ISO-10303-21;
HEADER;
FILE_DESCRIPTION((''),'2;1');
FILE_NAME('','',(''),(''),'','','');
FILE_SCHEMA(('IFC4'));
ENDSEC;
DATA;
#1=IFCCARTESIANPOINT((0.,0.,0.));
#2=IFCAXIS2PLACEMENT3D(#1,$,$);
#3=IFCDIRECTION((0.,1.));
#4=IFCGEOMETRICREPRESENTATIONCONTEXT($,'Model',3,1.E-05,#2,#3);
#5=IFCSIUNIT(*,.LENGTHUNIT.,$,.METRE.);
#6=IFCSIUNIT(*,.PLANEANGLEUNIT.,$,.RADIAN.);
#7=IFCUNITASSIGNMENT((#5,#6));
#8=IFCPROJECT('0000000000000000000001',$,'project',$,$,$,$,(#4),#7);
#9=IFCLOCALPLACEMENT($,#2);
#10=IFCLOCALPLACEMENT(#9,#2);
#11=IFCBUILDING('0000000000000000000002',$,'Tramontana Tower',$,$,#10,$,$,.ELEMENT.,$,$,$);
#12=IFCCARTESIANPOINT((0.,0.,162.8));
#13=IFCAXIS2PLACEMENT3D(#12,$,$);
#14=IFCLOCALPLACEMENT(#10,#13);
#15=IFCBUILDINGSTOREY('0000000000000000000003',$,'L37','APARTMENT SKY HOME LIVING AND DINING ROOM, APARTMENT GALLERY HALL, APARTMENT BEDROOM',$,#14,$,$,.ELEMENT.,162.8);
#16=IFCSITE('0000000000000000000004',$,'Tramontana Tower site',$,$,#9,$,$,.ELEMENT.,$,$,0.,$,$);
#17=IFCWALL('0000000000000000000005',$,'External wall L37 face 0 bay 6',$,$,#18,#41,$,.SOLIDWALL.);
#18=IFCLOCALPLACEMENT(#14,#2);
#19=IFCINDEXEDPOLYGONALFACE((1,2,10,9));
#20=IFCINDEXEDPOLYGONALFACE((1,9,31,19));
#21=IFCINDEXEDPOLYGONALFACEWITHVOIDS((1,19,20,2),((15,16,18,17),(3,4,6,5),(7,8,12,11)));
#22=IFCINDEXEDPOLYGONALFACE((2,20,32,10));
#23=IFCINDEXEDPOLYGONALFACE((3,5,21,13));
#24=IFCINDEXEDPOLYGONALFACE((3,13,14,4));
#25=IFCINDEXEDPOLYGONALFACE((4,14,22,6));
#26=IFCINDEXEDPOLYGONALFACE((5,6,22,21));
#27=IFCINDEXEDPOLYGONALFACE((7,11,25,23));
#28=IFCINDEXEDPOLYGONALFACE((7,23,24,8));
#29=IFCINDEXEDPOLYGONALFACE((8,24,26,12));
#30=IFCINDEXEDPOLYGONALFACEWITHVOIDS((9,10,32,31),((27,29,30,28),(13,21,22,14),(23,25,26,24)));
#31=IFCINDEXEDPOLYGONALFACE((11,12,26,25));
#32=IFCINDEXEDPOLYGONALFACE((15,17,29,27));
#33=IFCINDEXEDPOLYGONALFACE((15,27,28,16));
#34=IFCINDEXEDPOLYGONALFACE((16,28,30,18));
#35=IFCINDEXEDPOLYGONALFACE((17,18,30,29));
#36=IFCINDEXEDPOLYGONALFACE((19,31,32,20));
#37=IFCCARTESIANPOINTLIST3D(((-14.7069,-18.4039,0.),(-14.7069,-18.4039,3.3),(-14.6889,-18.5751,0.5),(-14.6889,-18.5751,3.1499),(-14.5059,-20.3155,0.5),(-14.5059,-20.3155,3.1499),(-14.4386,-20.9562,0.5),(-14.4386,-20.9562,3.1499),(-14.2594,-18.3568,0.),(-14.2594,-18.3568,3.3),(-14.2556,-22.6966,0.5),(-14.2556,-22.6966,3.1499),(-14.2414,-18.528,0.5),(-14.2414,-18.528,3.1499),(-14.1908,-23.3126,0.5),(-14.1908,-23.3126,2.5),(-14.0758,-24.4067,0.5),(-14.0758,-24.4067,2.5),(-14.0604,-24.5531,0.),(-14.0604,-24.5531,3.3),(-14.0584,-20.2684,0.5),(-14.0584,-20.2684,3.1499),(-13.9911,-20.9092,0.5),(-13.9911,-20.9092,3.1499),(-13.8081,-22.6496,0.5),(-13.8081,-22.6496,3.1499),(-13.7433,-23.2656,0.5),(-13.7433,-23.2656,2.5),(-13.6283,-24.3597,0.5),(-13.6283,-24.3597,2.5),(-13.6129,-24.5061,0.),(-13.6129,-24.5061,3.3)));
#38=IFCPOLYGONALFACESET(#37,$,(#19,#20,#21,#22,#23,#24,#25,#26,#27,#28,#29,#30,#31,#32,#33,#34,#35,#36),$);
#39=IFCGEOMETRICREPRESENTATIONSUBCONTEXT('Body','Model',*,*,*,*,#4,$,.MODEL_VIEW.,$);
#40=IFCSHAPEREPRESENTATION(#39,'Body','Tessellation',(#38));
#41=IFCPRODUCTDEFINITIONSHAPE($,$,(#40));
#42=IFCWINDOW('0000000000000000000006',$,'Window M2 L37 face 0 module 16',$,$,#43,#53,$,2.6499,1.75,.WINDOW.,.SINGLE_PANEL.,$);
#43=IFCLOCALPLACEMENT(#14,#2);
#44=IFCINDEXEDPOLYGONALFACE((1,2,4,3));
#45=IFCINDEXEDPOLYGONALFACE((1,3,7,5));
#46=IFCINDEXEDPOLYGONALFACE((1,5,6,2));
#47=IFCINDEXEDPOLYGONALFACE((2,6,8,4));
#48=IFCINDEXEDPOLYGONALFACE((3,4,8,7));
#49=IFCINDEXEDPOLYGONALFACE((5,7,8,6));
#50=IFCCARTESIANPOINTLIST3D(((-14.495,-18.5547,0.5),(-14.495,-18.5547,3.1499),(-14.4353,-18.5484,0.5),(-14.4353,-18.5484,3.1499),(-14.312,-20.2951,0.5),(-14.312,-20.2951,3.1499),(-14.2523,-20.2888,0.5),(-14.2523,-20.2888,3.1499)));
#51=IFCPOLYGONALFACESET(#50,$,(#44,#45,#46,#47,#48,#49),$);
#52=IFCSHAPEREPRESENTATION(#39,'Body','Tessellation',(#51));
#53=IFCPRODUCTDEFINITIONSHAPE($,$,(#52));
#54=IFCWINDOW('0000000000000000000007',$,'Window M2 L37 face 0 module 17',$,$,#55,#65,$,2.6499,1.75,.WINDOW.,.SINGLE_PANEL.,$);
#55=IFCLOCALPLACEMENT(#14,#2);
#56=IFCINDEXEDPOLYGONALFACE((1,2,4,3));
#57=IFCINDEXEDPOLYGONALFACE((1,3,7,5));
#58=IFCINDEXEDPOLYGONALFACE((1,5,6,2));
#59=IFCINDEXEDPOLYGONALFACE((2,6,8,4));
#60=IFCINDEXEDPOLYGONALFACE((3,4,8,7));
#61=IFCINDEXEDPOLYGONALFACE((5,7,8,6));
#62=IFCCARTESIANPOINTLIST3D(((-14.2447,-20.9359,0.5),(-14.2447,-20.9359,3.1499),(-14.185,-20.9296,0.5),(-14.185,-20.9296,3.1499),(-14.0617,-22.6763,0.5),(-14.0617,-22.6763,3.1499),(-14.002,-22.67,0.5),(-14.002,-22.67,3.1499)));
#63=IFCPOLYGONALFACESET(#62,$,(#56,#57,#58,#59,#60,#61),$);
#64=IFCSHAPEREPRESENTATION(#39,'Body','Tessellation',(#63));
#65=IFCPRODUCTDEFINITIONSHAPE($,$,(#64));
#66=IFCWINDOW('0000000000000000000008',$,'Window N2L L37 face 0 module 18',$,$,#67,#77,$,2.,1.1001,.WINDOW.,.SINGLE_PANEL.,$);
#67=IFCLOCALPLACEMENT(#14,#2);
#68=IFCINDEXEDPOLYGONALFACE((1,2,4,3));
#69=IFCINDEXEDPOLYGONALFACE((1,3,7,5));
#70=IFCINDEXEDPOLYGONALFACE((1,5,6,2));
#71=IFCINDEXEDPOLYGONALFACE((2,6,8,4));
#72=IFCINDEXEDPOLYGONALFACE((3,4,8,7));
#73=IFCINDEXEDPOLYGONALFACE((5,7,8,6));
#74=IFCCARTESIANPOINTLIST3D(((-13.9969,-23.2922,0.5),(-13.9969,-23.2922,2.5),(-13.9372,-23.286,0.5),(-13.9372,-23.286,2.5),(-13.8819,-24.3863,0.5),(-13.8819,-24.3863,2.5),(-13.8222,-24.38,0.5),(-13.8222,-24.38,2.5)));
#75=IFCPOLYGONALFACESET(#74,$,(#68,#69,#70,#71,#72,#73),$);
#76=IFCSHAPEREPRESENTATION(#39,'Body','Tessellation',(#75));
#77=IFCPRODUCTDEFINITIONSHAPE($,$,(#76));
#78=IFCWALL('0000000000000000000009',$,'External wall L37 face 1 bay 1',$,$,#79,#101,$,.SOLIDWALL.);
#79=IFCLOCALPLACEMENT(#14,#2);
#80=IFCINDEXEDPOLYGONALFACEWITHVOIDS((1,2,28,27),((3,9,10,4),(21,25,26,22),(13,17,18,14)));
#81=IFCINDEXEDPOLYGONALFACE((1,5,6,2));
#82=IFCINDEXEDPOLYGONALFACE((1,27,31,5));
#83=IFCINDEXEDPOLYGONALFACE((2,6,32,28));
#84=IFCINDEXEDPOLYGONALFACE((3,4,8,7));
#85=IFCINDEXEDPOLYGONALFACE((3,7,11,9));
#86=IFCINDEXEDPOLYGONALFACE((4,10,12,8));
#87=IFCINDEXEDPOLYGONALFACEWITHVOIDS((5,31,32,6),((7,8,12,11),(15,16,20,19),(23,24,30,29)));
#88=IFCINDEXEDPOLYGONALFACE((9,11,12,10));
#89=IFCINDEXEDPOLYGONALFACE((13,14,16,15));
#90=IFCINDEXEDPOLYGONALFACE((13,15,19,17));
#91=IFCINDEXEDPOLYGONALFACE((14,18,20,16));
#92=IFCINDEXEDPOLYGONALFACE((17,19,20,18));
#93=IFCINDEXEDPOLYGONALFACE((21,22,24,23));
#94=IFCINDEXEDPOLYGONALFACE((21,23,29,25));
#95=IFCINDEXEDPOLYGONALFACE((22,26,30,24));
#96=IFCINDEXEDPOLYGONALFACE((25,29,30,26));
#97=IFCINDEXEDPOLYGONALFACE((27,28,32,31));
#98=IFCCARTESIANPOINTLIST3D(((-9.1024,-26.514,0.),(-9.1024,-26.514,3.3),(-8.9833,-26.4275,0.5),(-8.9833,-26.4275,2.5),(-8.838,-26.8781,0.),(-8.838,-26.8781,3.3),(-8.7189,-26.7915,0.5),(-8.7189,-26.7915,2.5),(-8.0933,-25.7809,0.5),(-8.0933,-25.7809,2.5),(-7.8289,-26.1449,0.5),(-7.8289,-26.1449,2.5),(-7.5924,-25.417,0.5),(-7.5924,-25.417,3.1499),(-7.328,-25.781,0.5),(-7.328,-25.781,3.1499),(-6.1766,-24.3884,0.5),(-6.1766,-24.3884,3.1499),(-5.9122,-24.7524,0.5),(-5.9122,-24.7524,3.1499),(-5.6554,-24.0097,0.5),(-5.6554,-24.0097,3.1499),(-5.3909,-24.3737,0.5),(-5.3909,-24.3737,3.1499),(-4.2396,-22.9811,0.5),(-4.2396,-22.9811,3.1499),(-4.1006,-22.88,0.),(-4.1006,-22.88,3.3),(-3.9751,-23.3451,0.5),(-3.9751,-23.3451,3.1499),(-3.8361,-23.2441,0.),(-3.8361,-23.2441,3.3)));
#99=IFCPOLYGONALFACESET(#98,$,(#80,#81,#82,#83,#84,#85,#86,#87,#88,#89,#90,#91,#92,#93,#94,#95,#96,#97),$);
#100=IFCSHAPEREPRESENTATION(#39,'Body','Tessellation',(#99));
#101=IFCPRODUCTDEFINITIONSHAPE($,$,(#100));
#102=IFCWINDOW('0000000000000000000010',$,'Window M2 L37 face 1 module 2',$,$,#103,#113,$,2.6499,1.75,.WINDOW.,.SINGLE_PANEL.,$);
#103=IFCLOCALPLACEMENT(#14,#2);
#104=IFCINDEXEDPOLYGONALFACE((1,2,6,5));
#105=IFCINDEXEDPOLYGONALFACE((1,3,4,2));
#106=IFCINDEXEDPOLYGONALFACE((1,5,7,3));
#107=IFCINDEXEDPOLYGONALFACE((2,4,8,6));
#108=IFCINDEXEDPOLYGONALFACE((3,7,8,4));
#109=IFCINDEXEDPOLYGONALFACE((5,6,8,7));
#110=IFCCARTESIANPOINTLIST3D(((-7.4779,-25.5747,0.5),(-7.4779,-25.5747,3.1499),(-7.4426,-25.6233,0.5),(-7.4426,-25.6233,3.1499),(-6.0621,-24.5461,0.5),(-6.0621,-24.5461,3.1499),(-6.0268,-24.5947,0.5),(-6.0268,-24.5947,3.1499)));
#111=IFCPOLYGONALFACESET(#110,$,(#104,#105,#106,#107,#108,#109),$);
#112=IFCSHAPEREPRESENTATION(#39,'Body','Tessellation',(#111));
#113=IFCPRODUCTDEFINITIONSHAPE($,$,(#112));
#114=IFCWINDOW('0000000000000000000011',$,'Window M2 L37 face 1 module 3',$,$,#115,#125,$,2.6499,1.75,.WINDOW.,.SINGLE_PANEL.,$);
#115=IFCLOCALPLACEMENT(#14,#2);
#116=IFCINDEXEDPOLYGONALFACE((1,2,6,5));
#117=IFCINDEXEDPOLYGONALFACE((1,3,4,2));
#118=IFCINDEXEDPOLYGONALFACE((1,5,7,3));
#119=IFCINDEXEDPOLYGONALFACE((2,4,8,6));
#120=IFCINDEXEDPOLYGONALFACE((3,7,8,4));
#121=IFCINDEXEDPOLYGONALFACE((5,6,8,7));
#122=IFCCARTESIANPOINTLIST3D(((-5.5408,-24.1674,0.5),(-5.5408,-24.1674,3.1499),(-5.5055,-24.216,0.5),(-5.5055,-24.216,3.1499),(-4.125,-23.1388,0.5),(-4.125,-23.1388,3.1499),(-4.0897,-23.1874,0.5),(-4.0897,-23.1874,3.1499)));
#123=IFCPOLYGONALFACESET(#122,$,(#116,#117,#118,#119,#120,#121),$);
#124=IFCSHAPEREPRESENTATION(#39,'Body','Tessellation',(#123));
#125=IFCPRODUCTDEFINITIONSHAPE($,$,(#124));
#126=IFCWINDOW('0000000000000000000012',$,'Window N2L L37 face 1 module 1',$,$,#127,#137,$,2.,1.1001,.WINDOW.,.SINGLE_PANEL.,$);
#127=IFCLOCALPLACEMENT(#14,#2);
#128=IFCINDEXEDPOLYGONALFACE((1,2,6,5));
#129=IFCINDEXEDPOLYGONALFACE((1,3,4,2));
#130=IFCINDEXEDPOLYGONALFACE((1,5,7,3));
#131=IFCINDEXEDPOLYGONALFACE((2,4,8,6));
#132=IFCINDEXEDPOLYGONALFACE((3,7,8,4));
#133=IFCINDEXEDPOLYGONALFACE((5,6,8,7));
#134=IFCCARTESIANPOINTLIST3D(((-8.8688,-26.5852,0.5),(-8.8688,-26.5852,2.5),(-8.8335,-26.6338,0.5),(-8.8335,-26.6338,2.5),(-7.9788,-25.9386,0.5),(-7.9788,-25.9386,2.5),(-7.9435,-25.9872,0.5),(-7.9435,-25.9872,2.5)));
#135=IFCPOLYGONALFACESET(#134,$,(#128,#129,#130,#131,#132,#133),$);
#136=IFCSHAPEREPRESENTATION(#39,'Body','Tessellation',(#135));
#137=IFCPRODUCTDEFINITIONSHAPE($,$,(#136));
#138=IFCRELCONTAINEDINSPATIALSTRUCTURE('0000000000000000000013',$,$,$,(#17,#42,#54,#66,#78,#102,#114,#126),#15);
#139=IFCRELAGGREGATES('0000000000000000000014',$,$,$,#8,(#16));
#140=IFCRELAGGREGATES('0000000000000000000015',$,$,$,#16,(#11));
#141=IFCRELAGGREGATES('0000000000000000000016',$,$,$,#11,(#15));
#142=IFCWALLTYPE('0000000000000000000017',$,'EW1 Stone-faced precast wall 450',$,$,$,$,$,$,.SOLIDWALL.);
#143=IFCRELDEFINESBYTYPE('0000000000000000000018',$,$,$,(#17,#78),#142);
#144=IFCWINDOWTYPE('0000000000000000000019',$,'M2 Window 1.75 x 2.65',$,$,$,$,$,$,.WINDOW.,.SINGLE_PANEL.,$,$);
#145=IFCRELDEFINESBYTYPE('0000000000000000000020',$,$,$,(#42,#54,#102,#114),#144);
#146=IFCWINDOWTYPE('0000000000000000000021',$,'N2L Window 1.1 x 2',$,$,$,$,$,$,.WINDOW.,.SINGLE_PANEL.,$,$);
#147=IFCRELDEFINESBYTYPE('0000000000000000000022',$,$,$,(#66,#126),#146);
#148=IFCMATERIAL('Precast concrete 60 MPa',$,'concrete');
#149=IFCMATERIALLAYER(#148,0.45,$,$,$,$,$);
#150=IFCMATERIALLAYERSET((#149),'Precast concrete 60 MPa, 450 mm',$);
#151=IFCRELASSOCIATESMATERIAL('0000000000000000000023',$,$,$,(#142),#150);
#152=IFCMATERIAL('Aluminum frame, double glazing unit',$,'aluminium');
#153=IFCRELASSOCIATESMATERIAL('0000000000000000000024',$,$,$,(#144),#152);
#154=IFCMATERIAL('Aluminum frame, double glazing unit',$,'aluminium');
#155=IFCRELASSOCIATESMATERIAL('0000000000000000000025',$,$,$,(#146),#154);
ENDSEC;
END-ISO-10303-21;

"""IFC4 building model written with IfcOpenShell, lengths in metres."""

from ifc_helpers import new_model, si_unit, direction, frame, frame_2d, origin, place, context, subcontext, project, spatial, rectangle, extrude, material, layer, layer_set, type_object, element, fill, save


model = new_model("IFC4")

# Units and contexts
model_context = context("Model", 3, precision=1e-05, world=origin(), true_north=direction((0.0, 1.0)))
body_context = subcontext(model_context, "Body", "Model", "MODEL_VIEW")
ifc_project = project(units=[si_unit("LENGTHUNIT", "METRE"), si_unit("PLANEANGLEUNIT", "RADIAN")], contexts=[model_context])

# Site, building, storey
site_placement = place(None, origin())
site = spatial("IfcSite", under=ifc_project, at=site_placement, Name="Tramontana Tower site", CompositionType="ELEMENT", RefElevation=0.0)
building_placement = place(site_placement, origin())
building = spatial("IfcBuilding", under=site, at=building_placement, Name="Tramontana Tower", CompositionType="ELEMENT")
storey_placement = place(building_placement, frame((0.0, 0.0, 162.8)))
storey = spatial("IfcBuildingStorey", under=building, at=storey_placement, Name="L37", Description="APARTMENT SKY HOME LIVING AND DINING ROOM, APARTMENT GALLERY HALL, APARTMENT BEDROOM", CompositionType="ELEMENT", Elevation=162.8)

# Walls, openings, windows
ifc_material_1 = material(Name="Precast concrete 60 MPa", Category="concrete")
ifc_layer_1 = layer(ifc_material_1, 0.45)
ifc_layer_set_1 = layer_set([ifc_layer_1], Name="Precast concrete 60 MPa, 450 mm")
wall_type_1 = type_object("IfcWallType", Name="EW1 Stone-faced precast wall 450", PredefinedType="SOLIDWALL", material=ifc_layer_set_1)
wall_1_placement = place(storey_placement, frame((-14.4832, -18.3804, 0.0), z_axis=(0.0, 0.0, 1.0), x_axis=(0.104557, -0.994519, 0.0)))
wall_1 = element("IfcWall", 1, at=wall_1_placement, inside=storey, type_object=wall_type_1, Name="External wall L37 face 0 bay 6", PredefinedType="SOLIDWALL", context=body_context, shape_type="SweptSolid", body=[
    extrude(rectangle(XDim=6.1831, YDim=0.45, at=frame_2d((3.0916, 0.0))), origin(), (0.0, 0.0, 1.0), 3.3),
])
opening_1_placement = place(wall_1_placement, frame((0.1721, 0.0, 0.5)))
opening_1 = element("IfcOpeningElement", 2, at=opening_1_placement, cuts=wall_1, PredefinedType="OPENING", context=body_context, shape_type="SweptSolid", body=[
    extrude(rectangle(XDim=1.75, YDim=2.6499, at=frame_2d((0.875, 1.325))), frame((0.0, 0.2349, 0.0), z_axis=(0.0, -1.0, 0.0), x_axis=(1.0, 0.0, 0.0)), (0.0, 0.0, 1.0), 0.47),
])
opening_2_placement = place(wall_1_placement, frame((2.5664, 0.0, 0.5)))
opening_2 = element("IfcOpeningElement", 3, at=opening_2_placement, cuts=wall_1, PredefinedType="OPENING", context=body_context, shape_type="SweptSolid", body=[
    extrude(rectangle(XDim=1.75, YDim=2.6499, at=frame_2d((0.875, 1.325))), frame((0.0, 0.2349, 0.0), z_axis=(0.0, -1.0, 0.0), x_axis=(1.0, 0.0, 0.0)), (0.0, 0.0, 1.0), 0.47),
])
opening_3_placement = place(wall_1_placement, frame((4.9358, 0.0, 0.5)))
opening_3 = element("IfcOpeningElement", 4, at=opening_3_placement, cuts=wall_1, PredefinedType="OPENING", context=body_context, shape_type="SweptSolid", body=[
    extrude(rectangle(XDim=1.1001, YDim=2.0, at=frame_2d((0.55, 1.0))), frame((0.0, 0.2349, 0.0), z_axis=(0.0, -1.0, 0.0), x_axis=(1.0, 0.0, 0.0)), (0.0, 0.0, 1.0), 0.47),
])
ifc_material_2 = material(Name="Aluminum frame, double glazing unit", Category="aluminium")
window_type_1 = type_object("IfcWindowType", Name="M2 Window 1.75 x 2.65", PartitioningType="SINGLE_PANEL", PredefinedType="WINDOW", material=ifc_material_2)
window_1_placement = place(opening_1_placement, origin())
window_1 = element("IfcWindow", 5, at=window_1_placement, inside=storey, type_object=window_type_1, Name="Window M2 L37 face 0 module 16", OverallHeight=2.6499, OverallWidth=1.75, PartitioningType="SINGLE_PANEL", PredefinedType="WINDOW", context=body_context, shape_type="SweptSolid", body=[
    extrude(rectangle(XDim=1.75, YDim=2.6499, at=frame_2d((0.875, 1.325))), frame((0.0, 0.03, 0.0), z_axis=(0.0, -1.0, 0.0), x_axis=(1.0, 0.0, 0.0)), (0.0, 0.0, 1.0), 0.0601),
])
fill(opening_1, window_1)
window_2_placement = place(opening_2_placement, origin())
window_2 = element("IfcWindow", 6, at=window_2_placement, inside=storey, type_object=window_type_1, Name="Window M2 L37 face 0 module 17", OverallHeight=2.6499, OverallWidth=1.75, PartitioningType="SINGLE_PANEL", PredefinedType="WINDOW", context=body_context, shape_type="SweptSolid", body=[
    extrude(rectangle(XDim=1.75, YDim=2.6499, at=frame_2d((0.875, 1.325))), frame((0.0, 0.03, 0.0), z_axis=(0.0, -1.0, 0.0), x_axis=(1.0, 0.0, 0.0)), (0.0, 0.0, 1.0), 0.0601),
])
fill(opening_2, window_2)
ifc_material_3 = material(Name="Aluminum frame, double glazing unit", Category="aluminium")
window_type_2 = type_object("IfcWindowType", Name="N2L Window 1.1 x 2", PartitioningType="SINGLE_PANEL", PredefinedType="WINDOW", material=ifc_material_3)
window_3_placement = place(opening_3_placement, origin())
window_3 = element("IfcWindow", 7, at=window_3_placement, inside=storey, type_object=window_type_2, Name="Window N2L L37 face 0 module 18", OverallHeight=2.0, OverallWidth=1.1001, PartitioningType="SINGLE_PANEL", PredefinedType="WINDOW", context=body_context, shape_type="SweptSolid", body=[
    extrude(rectangle(XDim=1.1001, YDim=2.0, at=frame_2d((0.55, 1.0))), frame((0.0, 0.03, 0.0), z_axis=(0.0, -1.0, 0.0), x_axis=(1.0, 0.0, 0.0)), (0.0, 0.0, 1.0), 0.0601),
])
fill(opening_3, window_3)
wall_2_placement = place(storey_placement, frame((-8.9702, -26.696, 0.0), z_axis=(0.0, 0.0, 1.0), x_axis=(0.809025, 0.587775, 0.0)))
wall_2 = element("IfcWall", 8, at=wall_2_placement, inside=storey, type_object=wall_type_1, Name="External wall L37 face 1 bay 1", PredefinedType="SOLIDWALL", context=body_context, shape_type="SweptSolid", body=[
    extrude(rectangle(XDim=6.1826, YDim=0.45, at=frame_2d((3.0913, 0.0))), origin(), (0.0, 0.0, 1.0), 3.3),
])
opening_4_placement = place(wall_2_placement, frame((0.1472, 0.0, 0.5)))
opening_4 = element("IfcOpeningElement", 9, at=opening_4_placement, cuts=wall_2, PredefinedType="OPENING", context=body_context, shape_type="SweptSolid", body=[
    extrude(rectangle(XDim=1.1001, YDim=2.0, at=frame_2d((0.55, 1.0))), frame((0.0, 0.2349, 0.0), z_axis=(0.0, -1.0, 0.0), x_axis=(1.0, 0.0, 0.0)), (0.0, 0.0, 1.0), 0.47),
])
opening_5_placement = place(wall_2_placement, frame((1.8665, 0.0, 0.5)))
opening_5 = element("IfcOpeningElement", 10, at=opening_5_placement, cuts=wall_2, PredefinedType="OPENING", context=body_context, shape_type="SweptSolid", body=[
    extrude(rectangle(XDim=1.75, YDim=2.6499, at=frame_2d((0.875, 1.325))), frame((0.0, 0.2349, 0.0), z_axis=(0.0, -1.0, 0.0), x_axis=(1.0, 0.0, 0.0)), (0.0, 0.0, 1.0), 0.47),
])
opening_6_placement = place(wall_2_placement, frame((4.2607, 0.0, 0.5)))
opening_6 = element("IfcOpeningElement", 11, at=opening_6_placement, cuts=wall_2, PredefinedType="OPENING", context=body_context, shape_type="SweptSolid", body=[
    extrude(rectangle(XDim=1.75, YDim=2.6499, at=frame_2d((0.875, 1.325))), frame((0.0, 0.2349, 0.0), z_axis=(0.0, -1.0, 0.0), x_axis=(1.0, 0.0, 0.0)), (0.0, 0.0, 1.0), 0.47),
])
window_4_placement = place(opening_5_placement, origin())
window_4 = element("IfcWindow", 12, at=window_4_placement, inside=storey, type_object=window_type_1, Name="Window M2 L37 face 1 module 2", OverallHeight=2.6499, OverallWidth=1.75, PartitioningType="SINGLE_PANEL", PredefinedType="WINDOW", context=body_context, shape_type="SweptSolid", body=[
    extrude(rectangle(XDim=1.75, YDim=2.6499, at=frame_2d((0.875, 1.325))), frame((0.0, 0.03, 0.0), z_axis=(0.0, -1.0, 0.0), x_axis=(1.0, 0.0, 0.0)), (0.0, 0.0, 1.0), 0.0601),
])
fill(opening_5, window_4)
window_5_placement = place(opening_6_placement, origin())
window_5 = element("IfcWindow", 13, at=window_5_placement, inside=storey, type_object=window_type_1, Name="Window M2 L37 face 1 module 3", OverallHeight=2.6499, OverallWidth=1.75, PartitioningType="SINGLE_PANEL", PredefinedType="WINDOW", context=body_context, shape_type="SweptSolid", body=[
    extrude(rectangle(XDim=1.75, YDim=2.6499, at=frame_2d((0.875, 1.325))), frame((0.0, 0.03, 0.0), z_axis=(0.0, -1.0, 0.0), x_axis=(1.0, 0.0, 0.0)), (0.0, 0.0, 1.0), 0.0601),
])
fill(opening_6, window_5)
window_6_placement = place(opening_4_placement, origin())
window_6 = element("IfcWindow", 14, at=window_6_placement, inside=storey, type_object=window_type_2, Name="Window N2L L37 face 1 module 1", OverallHeight=2.0, OverallWidth=1.1001, PartitioningType="SINGLE_PANEL", PredefinedType="WINDOW", context=body_context, shape_type="SweptSolid", body=[
    extrude(rectangle(XDim=1.1001, YDim=2.0, at=frame_2d((0.55, 1.0))), frame((0.0, 0.03, 0.0), z_axis=(0.0, -1.0, 0.0), x_axis=(1.0, 0.0, 0.0)), (0.0, 0.0, 1.0), 0.0601),
])
fill(opening_4, window_6)

save(model, "model.ifc")
